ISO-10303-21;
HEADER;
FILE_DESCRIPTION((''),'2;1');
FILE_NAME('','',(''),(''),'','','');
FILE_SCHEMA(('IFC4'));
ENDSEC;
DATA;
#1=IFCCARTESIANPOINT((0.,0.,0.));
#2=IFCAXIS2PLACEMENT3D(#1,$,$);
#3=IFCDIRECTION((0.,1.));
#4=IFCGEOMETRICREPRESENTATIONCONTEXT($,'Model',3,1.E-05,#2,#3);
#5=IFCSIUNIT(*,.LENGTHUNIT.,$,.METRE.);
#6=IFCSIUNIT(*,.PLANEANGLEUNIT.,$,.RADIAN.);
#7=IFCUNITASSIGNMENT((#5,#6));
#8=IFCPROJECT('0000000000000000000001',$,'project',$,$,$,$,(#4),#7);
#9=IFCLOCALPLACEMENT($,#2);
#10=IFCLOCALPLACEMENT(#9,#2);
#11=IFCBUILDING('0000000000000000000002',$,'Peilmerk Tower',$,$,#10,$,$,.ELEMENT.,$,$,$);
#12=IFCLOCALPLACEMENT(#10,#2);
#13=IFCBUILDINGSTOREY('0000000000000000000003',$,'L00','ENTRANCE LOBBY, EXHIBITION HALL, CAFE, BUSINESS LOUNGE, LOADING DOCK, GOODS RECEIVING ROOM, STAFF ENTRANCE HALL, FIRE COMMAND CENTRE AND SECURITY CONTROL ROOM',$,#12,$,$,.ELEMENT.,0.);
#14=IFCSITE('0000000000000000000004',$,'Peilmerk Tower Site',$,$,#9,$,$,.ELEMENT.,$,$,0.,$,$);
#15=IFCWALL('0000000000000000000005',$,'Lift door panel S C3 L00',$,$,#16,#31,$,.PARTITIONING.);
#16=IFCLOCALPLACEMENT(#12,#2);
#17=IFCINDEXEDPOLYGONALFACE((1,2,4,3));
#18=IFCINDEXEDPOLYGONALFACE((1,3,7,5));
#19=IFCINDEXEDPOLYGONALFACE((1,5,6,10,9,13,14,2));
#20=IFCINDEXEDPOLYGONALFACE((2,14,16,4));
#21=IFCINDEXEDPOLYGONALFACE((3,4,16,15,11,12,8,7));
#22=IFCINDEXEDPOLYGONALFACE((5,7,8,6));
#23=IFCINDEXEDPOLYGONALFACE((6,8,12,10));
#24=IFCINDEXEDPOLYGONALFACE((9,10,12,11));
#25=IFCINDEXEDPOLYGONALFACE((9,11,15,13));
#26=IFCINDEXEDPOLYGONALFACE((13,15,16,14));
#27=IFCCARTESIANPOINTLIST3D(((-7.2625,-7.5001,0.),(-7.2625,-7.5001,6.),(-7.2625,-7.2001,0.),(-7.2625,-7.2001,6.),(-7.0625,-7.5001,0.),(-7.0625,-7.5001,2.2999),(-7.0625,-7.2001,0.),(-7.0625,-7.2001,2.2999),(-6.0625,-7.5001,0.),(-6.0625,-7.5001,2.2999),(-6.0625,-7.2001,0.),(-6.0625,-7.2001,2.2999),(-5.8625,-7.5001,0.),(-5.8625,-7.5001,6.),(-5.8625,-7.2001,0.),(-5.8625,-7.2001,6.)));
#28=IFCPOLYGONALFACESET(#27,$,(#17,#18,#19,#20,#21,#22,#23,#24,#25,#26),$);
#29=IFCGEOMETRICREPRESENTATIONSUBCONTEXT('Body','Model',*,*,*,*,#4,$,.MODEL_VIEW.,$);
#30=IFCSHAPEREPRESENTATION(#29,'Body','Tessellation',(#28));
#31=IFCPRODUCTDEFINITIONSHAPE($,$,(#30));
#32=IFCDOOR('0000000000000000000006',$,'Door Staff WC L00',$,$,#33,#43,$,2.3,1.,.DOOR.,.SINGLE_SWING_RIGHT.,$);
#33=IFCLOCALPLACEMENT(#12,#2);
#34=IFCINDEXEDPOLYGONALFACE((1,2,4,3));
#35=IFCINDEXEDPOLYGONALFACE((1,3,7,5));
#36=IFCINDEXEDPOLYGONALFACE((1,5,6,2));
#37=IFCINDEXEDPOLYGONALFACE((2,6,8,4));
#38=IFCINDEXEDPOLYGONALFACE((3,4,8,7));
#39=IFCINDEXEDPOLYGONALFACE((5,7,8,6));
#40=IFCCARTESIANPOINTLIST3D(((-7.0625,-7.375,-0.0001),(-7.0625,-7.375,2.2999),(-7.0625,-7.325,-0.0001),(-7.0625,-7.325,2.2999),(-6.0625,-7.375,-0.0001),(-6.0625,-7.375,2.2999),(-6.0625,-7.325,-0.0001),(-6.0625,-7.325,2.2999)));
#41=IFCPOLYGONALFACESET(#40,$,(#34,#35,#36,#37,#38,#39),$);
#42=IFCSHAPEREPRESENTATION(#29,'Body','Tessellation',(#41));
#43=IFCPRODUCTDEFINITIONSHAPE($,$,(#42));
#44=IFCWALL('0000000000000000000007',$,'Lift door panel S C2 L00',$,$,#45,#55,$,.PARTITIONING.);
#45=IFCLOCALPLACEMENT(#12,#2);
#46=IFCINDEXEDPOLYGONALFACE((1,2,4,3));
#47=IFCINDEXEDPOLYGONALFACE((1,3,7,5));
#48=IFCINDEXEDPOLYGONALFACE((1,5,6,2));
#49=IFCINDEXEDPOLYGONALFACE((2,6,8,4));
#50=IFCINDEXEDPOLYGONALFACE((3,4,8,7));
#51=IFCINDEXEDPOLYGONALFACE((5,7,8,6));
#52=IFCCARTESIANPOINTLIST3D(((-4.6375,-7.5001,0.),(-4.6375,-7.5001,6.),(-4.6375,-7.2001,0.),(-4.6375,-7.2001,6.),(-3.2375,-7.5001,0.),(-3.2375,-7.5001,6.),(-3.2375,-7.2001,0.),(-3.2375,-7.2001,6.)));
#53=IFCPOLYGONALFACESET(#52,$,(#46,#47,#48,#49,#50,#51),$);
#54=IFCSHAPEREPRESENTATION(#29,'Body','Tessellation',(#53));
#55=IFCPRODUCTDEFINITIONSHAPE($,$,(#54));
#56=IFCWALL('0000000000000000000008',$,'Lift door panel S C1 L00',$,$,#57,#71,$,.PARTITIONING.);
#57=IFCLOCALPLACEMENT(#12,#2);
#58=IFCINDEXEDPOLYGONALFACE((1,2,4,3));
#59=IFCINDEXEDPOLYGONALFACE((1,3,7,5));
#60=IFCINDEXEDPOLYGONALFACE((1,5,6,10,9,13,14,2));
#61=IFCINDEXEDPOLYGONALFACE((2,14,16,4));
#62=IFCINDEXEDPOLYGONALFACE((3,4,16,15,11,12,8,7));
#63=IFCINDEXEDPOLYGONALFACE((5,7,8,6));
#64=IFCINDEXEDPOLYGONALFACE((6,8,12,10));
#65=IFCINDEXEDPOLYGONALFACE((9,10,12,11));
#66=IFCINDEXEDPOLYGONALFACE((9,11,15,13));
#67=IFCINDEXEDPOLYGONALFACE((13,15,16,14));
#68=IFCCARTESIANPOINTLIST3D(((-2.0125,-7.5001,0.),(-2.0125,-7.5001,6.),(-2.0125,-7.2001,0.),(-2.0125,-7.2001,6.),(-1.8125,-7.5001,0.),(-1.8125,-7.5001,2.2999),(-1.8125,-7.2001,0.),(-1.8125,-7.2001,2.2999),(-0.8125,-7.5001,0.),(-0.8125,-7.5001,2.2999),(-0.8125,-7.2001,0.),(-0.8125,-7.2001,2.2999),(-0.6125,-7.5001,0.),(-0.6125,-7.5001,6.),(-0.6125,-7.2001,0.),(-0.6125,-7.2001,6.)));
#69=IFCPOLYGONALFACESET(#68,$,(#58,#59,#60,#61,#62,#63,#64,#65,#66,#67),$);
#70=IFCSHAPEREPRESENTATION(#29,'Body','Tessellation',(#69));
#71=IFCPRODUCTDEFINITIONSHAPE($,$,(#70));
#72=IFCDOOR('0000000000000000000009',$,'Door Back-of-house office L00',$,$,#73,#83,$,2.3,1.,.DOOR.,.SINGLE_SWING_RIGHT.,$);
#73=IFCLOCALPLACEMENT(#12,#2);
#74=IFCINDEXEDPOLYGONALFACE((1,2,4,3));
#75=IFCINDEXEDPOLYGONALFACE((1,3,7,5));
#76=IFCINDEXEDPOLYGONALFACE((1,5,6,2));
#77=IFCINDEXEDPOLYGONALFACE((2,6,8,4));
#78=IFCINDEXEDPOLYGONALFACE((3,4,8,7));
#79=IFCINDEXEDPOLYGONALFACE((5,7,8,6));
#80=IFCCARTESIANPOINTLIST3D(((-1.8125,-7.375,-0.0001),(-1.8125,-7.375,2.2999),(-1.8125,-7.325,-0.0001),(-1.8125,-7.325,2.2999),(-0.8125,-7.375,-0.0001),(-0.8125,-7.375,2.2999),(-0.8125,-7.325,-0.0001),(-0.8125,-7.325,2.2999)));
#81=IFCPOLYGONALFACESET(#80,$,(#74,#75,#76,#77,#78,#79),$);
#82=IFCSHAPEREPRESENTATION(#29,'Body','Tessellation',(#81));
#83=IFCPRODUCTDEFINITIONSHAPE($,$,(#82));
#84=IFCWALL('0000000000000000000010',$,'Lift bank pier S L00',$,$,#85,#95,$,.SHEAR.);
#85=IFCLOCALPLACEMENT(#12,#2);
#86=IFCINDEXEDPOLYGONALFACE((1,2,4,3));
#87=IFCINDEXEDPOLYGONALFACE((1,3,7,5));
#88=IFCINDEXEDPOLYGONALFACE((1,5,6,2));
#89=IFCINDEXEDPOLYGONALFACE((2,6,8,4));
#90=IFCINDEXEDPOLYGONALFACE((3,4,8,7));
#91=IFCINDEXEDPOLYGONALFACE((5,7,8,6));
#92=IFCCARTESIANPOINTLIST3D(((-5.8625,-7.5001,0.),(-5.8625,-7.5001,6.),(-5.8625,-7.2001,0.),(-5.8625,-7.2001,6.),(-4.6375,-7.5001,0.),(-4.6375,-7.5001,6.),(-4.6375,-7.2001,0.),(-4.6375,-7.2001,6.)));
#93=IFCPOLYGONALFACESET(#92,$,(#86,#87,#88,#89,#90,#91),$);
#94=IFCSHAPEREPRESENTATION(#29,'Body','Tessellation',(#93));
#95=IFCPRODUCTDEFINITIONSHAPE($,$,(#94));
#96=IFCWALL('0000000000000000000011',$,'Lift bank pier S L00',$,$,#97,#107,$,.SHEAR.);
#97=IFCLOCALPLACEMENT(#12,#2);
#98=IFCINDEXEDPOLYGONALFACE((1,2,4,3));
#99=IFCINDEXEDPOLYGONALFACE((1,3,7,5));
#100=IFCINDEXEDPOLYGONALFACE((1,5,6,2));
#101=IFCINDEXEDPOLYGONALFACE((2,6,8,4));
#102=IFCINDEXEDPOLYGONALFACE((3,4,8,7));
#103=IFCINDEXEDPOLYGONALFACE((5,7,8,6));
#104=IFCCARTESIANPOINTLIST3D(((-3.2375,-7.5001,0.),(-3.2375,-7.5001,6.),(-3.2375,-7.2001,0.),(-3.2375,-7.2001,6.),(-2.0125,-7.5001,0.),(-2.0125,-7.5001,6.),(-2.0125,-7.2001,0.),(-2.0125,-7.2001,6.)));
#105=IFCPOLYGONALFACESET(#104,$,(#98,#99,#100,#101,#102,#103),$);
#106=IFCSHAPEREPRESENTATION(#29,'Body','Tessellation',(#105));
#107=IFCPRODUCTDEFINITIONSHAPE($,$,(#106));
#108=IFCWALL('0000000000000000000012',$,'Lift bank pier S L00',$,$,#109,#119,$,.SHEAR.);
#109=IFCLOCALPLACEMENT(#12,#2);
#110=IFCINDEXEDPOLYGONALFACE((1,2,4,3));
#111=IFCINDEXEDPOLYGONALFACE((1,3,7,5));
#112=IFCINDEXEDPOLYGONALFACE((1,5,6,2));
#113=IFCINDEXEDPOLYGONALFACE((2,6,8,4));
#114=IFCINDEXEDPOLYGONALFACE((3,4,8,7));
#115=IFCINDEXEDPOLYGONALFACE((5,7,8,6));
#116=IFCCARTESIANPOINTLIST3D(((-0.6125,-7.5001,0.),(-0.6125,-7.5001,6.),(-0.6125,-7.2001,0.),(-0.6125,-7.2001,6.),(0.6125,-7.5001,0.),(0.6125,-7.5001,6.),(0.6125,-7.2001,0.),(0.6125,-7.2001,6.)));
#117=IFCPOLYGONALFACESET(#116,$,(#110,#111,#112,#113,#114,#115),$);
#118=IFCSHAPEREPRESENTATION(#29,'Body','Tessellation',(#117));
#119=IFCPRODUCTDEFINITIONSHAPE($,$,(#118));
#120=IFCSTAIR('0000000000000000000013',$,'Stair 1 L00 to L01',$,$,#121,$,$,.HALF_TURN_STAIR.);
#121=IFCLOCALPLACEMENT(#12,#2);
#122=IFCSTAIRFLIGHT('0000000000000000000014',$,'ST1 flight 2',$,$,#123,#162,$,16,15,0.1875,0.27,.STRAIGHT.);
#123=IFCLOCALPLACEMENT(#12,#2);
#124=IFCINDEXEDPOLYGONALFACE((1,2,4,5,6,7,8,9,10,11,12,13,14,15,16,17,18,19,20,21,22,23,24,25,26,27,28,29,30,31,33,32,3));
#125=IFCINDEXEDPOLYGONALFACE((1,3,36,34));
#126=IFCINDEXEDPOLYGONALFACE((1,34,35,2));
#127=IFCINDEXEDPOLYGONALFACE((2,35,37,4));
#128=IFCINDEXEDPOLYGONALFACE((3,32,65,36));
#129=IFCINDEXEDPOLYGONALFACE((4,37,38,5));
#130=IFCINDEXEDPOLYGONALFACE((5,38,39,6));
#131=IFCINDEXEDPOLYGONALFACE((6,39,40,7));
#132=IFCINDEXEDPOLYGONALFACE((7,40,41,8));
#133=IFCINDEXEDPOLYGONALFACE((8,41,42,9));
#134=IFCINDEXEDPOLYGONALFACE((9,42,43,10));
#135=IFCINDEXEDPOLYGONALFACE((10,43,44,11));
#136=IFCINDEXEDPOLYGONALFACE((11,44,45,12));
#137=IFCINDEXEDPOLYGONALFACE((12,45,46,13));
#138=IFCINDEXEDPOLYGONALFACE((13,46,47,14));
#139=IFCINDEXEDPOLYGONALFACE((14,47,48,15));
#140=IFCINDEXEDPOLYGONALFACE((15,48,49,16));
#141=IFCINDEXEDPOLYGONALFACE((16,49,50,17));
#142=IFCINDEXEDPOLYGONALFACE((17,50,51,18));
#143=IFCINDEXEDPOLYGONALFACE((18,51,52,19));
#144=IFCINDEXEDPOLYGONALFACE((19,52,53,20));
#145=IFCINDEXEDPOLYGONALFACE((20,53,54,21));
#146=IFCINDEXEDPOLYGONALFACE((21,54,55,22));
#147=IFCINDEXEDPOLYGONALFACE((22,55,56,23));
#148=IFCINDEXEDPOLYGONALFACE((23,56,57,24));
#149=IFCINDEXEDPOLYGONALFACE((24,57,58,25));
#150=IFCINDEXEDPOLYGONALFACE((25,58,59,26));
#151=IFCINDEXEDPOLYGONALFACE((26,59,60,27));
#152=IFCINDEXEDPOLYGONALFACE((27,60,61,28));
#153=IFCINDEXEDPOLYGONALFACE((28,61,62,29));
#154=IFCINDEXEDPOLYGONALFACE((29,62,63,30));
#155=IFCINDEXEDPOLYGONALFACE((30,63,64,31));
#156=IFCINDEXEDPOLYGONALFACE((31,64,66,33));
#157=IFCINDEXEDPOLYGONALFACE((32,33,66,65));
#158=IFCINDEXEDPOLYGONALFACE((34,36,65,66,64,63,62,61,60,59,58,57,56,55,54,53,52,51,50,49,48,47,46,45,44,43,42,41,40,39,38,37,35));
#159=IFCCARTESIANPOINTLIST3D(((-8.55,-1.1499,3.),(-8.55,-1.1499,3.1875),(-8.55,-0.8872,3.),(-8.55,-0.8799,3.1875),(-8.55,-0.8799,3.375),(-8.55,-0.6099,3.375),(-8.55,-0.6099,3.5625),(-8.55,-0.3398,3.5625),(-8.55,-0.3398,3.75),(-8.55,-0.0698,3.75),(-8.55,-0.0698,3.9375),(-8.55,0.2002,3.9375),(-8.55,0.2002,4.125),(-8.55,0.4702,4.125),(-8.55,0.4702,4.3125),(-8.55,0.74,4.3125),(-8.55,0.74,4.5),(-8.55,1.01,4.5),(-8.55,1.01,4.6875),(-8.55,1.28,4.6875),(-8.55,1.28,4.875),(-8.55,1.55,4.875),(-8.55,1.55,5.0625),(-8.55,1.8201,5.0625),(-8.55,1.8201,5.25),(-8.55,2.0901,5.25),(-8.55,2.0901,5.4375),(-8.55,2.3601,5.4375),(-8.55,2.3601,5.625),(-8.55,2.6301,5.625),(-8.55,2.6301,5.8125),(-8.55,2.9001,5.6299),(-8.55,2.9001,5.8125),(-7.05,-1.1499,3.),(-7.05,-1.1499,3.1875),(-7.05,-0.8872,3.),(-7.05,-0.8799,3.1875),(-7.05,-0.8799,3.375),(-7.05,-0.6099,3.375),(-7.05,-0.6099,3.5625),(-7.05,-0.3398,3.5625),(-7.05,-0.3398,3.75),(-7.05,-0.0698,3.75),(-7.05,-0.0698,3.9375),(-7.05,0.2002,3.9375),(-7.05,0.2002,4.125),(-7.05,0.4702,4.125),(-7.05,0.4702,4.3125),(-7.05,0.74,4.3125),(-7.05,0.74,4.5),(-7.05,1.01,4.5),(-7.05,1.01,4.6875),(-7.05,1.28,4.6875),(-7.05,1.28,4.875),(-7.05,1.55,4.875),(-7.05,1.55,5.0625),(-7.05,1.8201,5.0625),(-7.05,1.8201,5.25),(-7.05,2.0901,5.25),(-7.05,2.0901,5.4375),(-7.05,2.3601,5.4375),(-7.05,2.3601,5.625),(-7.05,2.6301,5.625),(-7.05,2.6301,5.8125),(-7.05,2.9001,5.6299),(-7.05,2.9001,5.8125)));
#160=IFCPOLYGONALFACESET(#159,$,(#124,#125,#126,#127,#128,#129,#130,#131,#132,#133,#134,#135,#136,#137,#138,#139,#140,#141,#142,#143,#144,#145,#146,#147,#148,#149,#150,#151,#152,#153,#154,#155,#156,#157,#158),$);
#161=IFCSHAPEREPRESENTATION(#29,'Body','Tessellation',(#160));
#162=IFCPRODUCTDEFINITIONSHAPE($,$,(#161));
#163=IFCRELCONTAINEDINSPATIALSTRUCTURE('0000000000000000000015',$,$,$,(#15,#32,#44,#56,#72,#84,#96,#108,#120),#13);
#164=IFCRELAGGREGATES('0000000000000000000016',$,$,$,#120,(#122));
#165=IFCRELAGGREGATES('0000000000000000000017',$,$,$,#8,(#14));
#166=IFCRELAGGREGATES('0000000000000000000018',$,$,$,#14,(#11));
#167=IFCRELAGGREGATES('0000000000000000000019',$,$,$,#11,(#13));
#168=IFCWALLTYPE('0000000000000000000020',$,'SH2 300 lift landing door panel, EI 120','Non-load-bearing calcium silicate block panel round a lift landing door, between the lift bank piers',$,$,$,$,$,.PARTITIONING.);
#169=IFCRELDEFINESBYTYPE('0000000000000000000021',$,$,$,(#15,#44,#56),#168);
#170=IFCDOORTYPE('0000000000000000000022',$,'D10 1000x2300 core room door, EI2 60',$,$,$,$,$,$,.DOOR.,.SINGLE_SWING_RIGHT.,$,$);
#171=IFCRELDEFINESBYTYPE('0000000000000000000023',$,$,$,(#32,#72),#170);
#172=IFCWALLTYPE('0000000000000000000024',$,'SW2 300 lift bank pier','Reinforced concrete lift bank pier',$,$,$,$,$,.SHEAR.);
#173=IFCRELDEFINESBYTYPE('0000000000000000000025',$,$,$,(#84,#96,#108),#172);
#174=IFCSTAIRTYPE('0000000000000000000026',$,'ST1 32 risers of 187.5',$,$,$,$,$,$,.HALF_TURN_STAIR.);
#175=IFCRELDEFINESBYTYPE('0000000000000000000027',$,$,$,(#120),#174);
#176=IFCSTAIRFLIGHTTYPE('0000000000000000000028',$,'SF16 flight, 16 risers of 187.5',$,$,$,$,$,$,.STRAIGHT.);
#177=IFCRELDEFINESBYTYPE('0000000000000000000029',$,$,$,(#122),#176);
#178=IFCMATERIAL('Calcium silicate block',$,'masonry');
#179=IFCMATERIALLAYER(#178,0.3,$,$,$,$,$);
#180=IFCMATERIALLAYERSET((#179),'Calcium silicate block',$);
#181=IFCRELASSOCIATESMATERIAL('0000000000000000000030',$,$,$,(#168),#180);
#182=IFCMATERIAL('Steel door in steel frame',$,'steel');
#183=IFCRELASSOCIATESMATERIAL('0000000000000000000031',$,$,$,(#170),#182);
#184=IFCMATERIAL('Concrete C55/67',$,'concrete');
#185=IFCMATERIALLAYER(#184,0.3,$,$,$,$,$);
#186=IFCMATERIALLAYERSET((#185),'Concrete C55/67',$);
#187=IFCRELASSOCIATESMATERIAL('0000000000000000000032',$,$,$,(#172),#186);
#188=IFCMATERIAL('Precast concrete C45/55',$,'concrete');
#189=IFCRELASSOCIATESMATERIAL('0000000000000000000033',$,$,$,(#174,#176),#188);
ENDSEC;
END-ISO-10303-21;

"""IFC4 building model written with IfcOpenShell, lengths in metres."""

from ifc_helpers import new_model, si_unit, direction, frame, frame_2d, origin, place, context, subcontext, project, spatial, polyline, rectangle, outline, extrude, material, layer, layer_set, type_object, element, fill, aggregate, save


model = new_model("IFC4")

# Units and contexts
model_context = context("Model", 3, precision=1e-05, world=origin(), true_north=direction((0.0, 1.0)))
body_context = subcontext(model_context, "Body", "Model", "MODEL_VIEW")
ifc_project = project(units=[si_unit("LENGTHUNIT", "METRE"), si_unit("PLANEANGLEUNIT", "RADIAN")], contexts=[model_context])

# Site, building, storey
site_placement = place(None, origin())
site = spatial("IfcSite", under=ifc_project, at=site_placement, Name="Peilmerk Tower Site", CompositionType="ELEMENT", RefElevation=0.0)
building_placement = place(site_placement, origin())
building = spatial("IfcBuilding", under=site, at=building_placement, Name="Peilmerk Tower", CompositionType="ELEMENT")
storey_placement = place(building_placement, origin())
storey = spatial("IfcBuildingStorey", under=building, at=storey_placement, Name="L00", Description="ENTRANCE LOBBY, EXHIBITION HALL, CAFE, BUSINESS LOUNGE, LOADING DOCK, GOODS RECEIVING ROOM, STAFF ENTRANCE HALL, FIRE COMMAND CENTRE AND SECURITY CONTROL ROOM", CompositionType="ELEMENT", Elevation=0.0)

# Shared definitions
ifc_material_1 = material(Name="Calcium silicate block", Category="masonry")

# Wall, opening, door
ifc_layer_1 = layer(ifc_material_1, 0.3)
ifc_layer_set_1 = layer_set([ifc_layer_1], Name="Calcium silicate block")
wall_type_1 = type_object("IfcWallType", Name="SH2 300 lift landing door panel, EI 120", Description="Non-load-bearing calcium silicate block panel round a lift landing door, between the lift bank piers", PredefinedType="PARTITIONING", material=ifc_layer_set_1)
wall_1_placement = place(storey_placement, frame((-7.2625, -7.3501, 0.0), z_axis=(0.0, 0.0, 1.0), x_axis=(1.0, 0.0, 0.0)))
wall_1 = element("IfcWall", 1, at=wall_1_placement, inside=storey, type_object=wall_type_1, Name="Lift door panel S C3 L00", PredefinedType="PARTITIONING", context=body_context, shape_type="SweptSolid", body=[
    extrude(rectangle(XDim=1.3999, YDim=0.3, at=frame_2d((0.7, 0.0))), origin(), (0.0, 0.0, 1.0), 6.0),
])
opening_1_placement = place(wall_1_placement, frame((0.2, 0.0, 0.0)))
opening_1 = element("IfcOpeningElement", 2, at=opening_1_placement, cuts=wall_1, PredefinedType="OPENING", context=body_context, shape_type="SweptSolid", body=[
    extrude(rectangle(XDim=1.0, YDim=2.3, at=frame_2d((0.5, 1.1499))), frame((0.0, 0.1599, 0.0), z_axis=(0.0, -1.0, 0.0), x_axis=(1.0, 0.0, 0.0)), (0.0, 0.0, 1.0), 0.3201),
])
ifc_material_2 = material(Name="Steel door in steel frame", Category="steel")
door_type = type_object("IfcDoorType", Name="D10 1000x2300 core room door, EI2 60", OperationType="SINGLE_SWING_RIGHT", PredefinedType="DOOR", material=ifc_material_2)
door_1_placement = place(opening_1_placement, frame((1.0, 0.0, 0.0), z_axis=(0.0, 0.0, 1.0), x_axis=(-1.0, 0.0, 0.0)))
door_1 = element("IfcDoor", 3, at=door_1_placement, inside=storey, type_object=door_type, Name="Door Staff WC L00", OperationType="SINGLE_SWING_RIGHT", OverallHeight=2.3, OverallWidth=1.0, PredefinedType="DOOR", context=body_context, shape_type="SweptSolid", body=[
    extrude(rectangle(XDim=1.0, YDim=2.3, at=frame_2d((0.5, 1.1499))), frame((0.0, 0.0249, 0.0), z_axis=(0.0, -1.0, 0.0), x_axis=(1.0, 0.0, 0.0)), (0.0, 0.0, 1.0), 0.05),
])
fill(opening_1, door_1)

# Wall
wall_2_placement = place(storey_placement, frame((-4.6375, -7.3501, 0.0), z_axis=(0.0, 0.0, 1.0), x_axis=(1.0, 0.0, 0.0)))
element("IfcWall", 4, at=wall_2_placement, inside=storey, type_object=wall_type_1, Name="Lift door panel S C2 L00", PredefinedType="PARTITIONING", context=body_context, shape_type="SweptSolid", body=[
    extrude(rectangle(XDim=1.3999, YDim=0.3, at=frame_2d((0.7, 0.0))), origin(), (0.0, 0.0, 1.0), 6.0),
])

# Wall, opening, door
wall_3_placement = place(storey_placement, frame((-2.0125, -7.3501, 0.0), z_axis=(0.0, 0.0, 1.0), x_axis=(1.0, 0.0, 0.0)))
wall_3 = element("IfcWall", 5, at=wall_3_placement, inside=storey, type_object=wall_type_1, Name="Lift door panel S C1 L00", PredefinedType="PARTITIONING", context=body_context, shape_type="SweptSolid", body=[
    extrude(rectangle(XDim=1.3999, YDim=0.3, at=frame_2d((0.7, 0.0))), origin(), (0.0, 0.0, 1.0), 6.0),
])
opening_2_placement = place(wall_3_placement, frame((0.2, 0.0, 0.0)))
opening_2 = element("IfcOpeningElement", 6, at=opening_2_placement, cuts=wall_3, PredefinedType="OPENING", context=body_context, shape_type="SweptSolid", body=[
    extrude(rectangle(XDim=1.0, YDim=2.3, at=frame_2d((0.5, 1.1499))), frame((0.0, 0.1599, 0.0), z_axis=(0.0, -1.0, 0.0), x_axis=(1.0, 0.0, 0.0)), (0.0, 0.0, 1.0), 0.3201),
])
door_2_placement = place(opening_2_placement, frame((1.0, 0.0, 0.0), z_axis=(0.0, 0.0, 1.0), x_axis=(-1.0, 0.0, 0.0)))
door_2 = element("IfcDoor", 7, at=door_2_placement, inside=storey, type_object=door_type, Name="Door Back-of-house office L00", OperationType="SINGLE_SWING_RIGHT", OverallHeight=2.3, OverallWidth=1.0, PredefinedType="DOOR", context=body_context, shape_type="SweptSolid", body=[
    extrude(rectangle(XDim=1.0, YDim=2.3, at=frame_2d((0.5, 1.1499))), frame((0.0, 0.0249, 0.0), z_axis=(0.0, -1.0, 0.0), x_axis=(1.0, 0.0, 0.0)), (0.0, 0.0, 1.0), 0.05),
])
fill(opening_2, door_2)

# Walls
ifc_material_3 = material(Name="Concrete C55/67", Category="concrete")
ifc_layer_2 = layer(ifc_material_3, 0.3)
ifc_layer_set_2 = layer_set([ifc_layer_2], Name="Concrete C55/67")
wall_type_2 = type_object("IfcWallType", Name="SW2 300 lift bank pier", Description="Reinforced concrete lift bank pier", PredefinedType="SHEAR", material=ifc_layer_set_2)
for number, where, z_axis, x_axis, name in (
    (8, (-5.8625, -7.3501, 0.0), (0.0, 0.0, 1.0), (1.0, 0.0, 0.0), "Lift bank pier S L00"),
    (9, (-3.2375, -7.3501, 0.0), (0.0, 0.0, 1.0), (1.0, 0.0, 0.0), "Lift bank pier S L00"),
    (10, (-0.6125, -7.3501, 0.0), (0.0, 0.0, 1.0), (1.0, 0.0, 0.0), "Lift bank pier S L00"),
):
    element("IfcWall", number, at=place(storey_placement, frame(where, z_axis=z_axis, x_axis=x_axis)), inside=storey, type_object=wall_type_2, Name=name, PredefinedType="SHEAR", context=body_context, shape_type="SweptSolid", body=[
        extrude(rectangle(XDim=1.2251, YDim=0.3, at=frame_2d((0.6125, 0.0))), origin(), (0.0, 0.0, 1.0), 6.0),
    ])

# Stair, stair flight
ifc_material_4 = material(Name="Precast concrete C45/55", Category="concrete")
stair_type = type_object("IfcStairType", Name="ST1 32 risers of 187.5", PredefinedType="HALF_TURN_STAIR", material=ifc_material_4)
stair_placement = place(storey_placement, origin())
stair = element("IfcStair", 11, at=stair_placement, inside=storey, type_object=stair_type, Name="Stair 1 L00 to L01", PredefinedType="HALF_TURN_STAIR")
stair_flight_type = type_object("IfcStairFlightType", Name="SF16 flight, 16 risers of 187.5", PredefinedType="STRAIGHT", material=ifc_material_4)
stair_flight_placement = place(storey_placement, frame((-7.8, -1.1499, 3.0), z_axis=(0.0, 0.0, 1.0), x_axis=(0.0, 1.0, 0.0)))
stair_flight = element("IfcStairFlight", 12, at=stair_flight_placement, type_object=stair_flight_type, Name="ST1 flight 2", NumberOfRisers=16, NumberOfTreads=15, PredefinedType="STRAIGHT", RiserHeight=0.1875, TreadLength=0.27, context=body_context, shape_type="SweptSolid", body=[
    extrude(outline(polyline([(0.0, 0.0), (0.0, 0.1875), (0.27, 0.1875), (0.27, 0.375), (0.54, 0.375), (0.54, 0.5625), (0.8101, 0.5625), (0.8101, 0.75), (1.0801, 0.75), (1.0801, 0.9375), (1.3501, 0.9375), (1.3501, 1.125), (1.6201, 1.125), (1.6201, 1.3125), (1.8899, 1.3125), (1.8899, 1.5), (2.1599, 1.5), (2.1599, 1.6875), (2.4299, 1.6875), (2.4299, 1.875), (2.7, 1.875), (2.7, 2.0625), (2.97, 2.0625), (2.97, 2.25), (3.24, 2.25), (3.24, 2.4375), (3.51, 2.4375), (3.51, 2.625), (3.78, 2.625), (3.78, 2.8125), (4.05, 2.8125), (4.05, 3.0), (4.05, 2.6299), (0.2627, 0.0), (0.0, 0.0)])), frame((0.0, 0.75, 0.0), z_axis=(0.0, -1.0, 0.0), x_axis=(1.0, 0.0, 0.0)), (0.0, 0.0, 1.0), 1.5),
])
aggregate(stair, [stair_flight])

save(model, "model.ifc")
